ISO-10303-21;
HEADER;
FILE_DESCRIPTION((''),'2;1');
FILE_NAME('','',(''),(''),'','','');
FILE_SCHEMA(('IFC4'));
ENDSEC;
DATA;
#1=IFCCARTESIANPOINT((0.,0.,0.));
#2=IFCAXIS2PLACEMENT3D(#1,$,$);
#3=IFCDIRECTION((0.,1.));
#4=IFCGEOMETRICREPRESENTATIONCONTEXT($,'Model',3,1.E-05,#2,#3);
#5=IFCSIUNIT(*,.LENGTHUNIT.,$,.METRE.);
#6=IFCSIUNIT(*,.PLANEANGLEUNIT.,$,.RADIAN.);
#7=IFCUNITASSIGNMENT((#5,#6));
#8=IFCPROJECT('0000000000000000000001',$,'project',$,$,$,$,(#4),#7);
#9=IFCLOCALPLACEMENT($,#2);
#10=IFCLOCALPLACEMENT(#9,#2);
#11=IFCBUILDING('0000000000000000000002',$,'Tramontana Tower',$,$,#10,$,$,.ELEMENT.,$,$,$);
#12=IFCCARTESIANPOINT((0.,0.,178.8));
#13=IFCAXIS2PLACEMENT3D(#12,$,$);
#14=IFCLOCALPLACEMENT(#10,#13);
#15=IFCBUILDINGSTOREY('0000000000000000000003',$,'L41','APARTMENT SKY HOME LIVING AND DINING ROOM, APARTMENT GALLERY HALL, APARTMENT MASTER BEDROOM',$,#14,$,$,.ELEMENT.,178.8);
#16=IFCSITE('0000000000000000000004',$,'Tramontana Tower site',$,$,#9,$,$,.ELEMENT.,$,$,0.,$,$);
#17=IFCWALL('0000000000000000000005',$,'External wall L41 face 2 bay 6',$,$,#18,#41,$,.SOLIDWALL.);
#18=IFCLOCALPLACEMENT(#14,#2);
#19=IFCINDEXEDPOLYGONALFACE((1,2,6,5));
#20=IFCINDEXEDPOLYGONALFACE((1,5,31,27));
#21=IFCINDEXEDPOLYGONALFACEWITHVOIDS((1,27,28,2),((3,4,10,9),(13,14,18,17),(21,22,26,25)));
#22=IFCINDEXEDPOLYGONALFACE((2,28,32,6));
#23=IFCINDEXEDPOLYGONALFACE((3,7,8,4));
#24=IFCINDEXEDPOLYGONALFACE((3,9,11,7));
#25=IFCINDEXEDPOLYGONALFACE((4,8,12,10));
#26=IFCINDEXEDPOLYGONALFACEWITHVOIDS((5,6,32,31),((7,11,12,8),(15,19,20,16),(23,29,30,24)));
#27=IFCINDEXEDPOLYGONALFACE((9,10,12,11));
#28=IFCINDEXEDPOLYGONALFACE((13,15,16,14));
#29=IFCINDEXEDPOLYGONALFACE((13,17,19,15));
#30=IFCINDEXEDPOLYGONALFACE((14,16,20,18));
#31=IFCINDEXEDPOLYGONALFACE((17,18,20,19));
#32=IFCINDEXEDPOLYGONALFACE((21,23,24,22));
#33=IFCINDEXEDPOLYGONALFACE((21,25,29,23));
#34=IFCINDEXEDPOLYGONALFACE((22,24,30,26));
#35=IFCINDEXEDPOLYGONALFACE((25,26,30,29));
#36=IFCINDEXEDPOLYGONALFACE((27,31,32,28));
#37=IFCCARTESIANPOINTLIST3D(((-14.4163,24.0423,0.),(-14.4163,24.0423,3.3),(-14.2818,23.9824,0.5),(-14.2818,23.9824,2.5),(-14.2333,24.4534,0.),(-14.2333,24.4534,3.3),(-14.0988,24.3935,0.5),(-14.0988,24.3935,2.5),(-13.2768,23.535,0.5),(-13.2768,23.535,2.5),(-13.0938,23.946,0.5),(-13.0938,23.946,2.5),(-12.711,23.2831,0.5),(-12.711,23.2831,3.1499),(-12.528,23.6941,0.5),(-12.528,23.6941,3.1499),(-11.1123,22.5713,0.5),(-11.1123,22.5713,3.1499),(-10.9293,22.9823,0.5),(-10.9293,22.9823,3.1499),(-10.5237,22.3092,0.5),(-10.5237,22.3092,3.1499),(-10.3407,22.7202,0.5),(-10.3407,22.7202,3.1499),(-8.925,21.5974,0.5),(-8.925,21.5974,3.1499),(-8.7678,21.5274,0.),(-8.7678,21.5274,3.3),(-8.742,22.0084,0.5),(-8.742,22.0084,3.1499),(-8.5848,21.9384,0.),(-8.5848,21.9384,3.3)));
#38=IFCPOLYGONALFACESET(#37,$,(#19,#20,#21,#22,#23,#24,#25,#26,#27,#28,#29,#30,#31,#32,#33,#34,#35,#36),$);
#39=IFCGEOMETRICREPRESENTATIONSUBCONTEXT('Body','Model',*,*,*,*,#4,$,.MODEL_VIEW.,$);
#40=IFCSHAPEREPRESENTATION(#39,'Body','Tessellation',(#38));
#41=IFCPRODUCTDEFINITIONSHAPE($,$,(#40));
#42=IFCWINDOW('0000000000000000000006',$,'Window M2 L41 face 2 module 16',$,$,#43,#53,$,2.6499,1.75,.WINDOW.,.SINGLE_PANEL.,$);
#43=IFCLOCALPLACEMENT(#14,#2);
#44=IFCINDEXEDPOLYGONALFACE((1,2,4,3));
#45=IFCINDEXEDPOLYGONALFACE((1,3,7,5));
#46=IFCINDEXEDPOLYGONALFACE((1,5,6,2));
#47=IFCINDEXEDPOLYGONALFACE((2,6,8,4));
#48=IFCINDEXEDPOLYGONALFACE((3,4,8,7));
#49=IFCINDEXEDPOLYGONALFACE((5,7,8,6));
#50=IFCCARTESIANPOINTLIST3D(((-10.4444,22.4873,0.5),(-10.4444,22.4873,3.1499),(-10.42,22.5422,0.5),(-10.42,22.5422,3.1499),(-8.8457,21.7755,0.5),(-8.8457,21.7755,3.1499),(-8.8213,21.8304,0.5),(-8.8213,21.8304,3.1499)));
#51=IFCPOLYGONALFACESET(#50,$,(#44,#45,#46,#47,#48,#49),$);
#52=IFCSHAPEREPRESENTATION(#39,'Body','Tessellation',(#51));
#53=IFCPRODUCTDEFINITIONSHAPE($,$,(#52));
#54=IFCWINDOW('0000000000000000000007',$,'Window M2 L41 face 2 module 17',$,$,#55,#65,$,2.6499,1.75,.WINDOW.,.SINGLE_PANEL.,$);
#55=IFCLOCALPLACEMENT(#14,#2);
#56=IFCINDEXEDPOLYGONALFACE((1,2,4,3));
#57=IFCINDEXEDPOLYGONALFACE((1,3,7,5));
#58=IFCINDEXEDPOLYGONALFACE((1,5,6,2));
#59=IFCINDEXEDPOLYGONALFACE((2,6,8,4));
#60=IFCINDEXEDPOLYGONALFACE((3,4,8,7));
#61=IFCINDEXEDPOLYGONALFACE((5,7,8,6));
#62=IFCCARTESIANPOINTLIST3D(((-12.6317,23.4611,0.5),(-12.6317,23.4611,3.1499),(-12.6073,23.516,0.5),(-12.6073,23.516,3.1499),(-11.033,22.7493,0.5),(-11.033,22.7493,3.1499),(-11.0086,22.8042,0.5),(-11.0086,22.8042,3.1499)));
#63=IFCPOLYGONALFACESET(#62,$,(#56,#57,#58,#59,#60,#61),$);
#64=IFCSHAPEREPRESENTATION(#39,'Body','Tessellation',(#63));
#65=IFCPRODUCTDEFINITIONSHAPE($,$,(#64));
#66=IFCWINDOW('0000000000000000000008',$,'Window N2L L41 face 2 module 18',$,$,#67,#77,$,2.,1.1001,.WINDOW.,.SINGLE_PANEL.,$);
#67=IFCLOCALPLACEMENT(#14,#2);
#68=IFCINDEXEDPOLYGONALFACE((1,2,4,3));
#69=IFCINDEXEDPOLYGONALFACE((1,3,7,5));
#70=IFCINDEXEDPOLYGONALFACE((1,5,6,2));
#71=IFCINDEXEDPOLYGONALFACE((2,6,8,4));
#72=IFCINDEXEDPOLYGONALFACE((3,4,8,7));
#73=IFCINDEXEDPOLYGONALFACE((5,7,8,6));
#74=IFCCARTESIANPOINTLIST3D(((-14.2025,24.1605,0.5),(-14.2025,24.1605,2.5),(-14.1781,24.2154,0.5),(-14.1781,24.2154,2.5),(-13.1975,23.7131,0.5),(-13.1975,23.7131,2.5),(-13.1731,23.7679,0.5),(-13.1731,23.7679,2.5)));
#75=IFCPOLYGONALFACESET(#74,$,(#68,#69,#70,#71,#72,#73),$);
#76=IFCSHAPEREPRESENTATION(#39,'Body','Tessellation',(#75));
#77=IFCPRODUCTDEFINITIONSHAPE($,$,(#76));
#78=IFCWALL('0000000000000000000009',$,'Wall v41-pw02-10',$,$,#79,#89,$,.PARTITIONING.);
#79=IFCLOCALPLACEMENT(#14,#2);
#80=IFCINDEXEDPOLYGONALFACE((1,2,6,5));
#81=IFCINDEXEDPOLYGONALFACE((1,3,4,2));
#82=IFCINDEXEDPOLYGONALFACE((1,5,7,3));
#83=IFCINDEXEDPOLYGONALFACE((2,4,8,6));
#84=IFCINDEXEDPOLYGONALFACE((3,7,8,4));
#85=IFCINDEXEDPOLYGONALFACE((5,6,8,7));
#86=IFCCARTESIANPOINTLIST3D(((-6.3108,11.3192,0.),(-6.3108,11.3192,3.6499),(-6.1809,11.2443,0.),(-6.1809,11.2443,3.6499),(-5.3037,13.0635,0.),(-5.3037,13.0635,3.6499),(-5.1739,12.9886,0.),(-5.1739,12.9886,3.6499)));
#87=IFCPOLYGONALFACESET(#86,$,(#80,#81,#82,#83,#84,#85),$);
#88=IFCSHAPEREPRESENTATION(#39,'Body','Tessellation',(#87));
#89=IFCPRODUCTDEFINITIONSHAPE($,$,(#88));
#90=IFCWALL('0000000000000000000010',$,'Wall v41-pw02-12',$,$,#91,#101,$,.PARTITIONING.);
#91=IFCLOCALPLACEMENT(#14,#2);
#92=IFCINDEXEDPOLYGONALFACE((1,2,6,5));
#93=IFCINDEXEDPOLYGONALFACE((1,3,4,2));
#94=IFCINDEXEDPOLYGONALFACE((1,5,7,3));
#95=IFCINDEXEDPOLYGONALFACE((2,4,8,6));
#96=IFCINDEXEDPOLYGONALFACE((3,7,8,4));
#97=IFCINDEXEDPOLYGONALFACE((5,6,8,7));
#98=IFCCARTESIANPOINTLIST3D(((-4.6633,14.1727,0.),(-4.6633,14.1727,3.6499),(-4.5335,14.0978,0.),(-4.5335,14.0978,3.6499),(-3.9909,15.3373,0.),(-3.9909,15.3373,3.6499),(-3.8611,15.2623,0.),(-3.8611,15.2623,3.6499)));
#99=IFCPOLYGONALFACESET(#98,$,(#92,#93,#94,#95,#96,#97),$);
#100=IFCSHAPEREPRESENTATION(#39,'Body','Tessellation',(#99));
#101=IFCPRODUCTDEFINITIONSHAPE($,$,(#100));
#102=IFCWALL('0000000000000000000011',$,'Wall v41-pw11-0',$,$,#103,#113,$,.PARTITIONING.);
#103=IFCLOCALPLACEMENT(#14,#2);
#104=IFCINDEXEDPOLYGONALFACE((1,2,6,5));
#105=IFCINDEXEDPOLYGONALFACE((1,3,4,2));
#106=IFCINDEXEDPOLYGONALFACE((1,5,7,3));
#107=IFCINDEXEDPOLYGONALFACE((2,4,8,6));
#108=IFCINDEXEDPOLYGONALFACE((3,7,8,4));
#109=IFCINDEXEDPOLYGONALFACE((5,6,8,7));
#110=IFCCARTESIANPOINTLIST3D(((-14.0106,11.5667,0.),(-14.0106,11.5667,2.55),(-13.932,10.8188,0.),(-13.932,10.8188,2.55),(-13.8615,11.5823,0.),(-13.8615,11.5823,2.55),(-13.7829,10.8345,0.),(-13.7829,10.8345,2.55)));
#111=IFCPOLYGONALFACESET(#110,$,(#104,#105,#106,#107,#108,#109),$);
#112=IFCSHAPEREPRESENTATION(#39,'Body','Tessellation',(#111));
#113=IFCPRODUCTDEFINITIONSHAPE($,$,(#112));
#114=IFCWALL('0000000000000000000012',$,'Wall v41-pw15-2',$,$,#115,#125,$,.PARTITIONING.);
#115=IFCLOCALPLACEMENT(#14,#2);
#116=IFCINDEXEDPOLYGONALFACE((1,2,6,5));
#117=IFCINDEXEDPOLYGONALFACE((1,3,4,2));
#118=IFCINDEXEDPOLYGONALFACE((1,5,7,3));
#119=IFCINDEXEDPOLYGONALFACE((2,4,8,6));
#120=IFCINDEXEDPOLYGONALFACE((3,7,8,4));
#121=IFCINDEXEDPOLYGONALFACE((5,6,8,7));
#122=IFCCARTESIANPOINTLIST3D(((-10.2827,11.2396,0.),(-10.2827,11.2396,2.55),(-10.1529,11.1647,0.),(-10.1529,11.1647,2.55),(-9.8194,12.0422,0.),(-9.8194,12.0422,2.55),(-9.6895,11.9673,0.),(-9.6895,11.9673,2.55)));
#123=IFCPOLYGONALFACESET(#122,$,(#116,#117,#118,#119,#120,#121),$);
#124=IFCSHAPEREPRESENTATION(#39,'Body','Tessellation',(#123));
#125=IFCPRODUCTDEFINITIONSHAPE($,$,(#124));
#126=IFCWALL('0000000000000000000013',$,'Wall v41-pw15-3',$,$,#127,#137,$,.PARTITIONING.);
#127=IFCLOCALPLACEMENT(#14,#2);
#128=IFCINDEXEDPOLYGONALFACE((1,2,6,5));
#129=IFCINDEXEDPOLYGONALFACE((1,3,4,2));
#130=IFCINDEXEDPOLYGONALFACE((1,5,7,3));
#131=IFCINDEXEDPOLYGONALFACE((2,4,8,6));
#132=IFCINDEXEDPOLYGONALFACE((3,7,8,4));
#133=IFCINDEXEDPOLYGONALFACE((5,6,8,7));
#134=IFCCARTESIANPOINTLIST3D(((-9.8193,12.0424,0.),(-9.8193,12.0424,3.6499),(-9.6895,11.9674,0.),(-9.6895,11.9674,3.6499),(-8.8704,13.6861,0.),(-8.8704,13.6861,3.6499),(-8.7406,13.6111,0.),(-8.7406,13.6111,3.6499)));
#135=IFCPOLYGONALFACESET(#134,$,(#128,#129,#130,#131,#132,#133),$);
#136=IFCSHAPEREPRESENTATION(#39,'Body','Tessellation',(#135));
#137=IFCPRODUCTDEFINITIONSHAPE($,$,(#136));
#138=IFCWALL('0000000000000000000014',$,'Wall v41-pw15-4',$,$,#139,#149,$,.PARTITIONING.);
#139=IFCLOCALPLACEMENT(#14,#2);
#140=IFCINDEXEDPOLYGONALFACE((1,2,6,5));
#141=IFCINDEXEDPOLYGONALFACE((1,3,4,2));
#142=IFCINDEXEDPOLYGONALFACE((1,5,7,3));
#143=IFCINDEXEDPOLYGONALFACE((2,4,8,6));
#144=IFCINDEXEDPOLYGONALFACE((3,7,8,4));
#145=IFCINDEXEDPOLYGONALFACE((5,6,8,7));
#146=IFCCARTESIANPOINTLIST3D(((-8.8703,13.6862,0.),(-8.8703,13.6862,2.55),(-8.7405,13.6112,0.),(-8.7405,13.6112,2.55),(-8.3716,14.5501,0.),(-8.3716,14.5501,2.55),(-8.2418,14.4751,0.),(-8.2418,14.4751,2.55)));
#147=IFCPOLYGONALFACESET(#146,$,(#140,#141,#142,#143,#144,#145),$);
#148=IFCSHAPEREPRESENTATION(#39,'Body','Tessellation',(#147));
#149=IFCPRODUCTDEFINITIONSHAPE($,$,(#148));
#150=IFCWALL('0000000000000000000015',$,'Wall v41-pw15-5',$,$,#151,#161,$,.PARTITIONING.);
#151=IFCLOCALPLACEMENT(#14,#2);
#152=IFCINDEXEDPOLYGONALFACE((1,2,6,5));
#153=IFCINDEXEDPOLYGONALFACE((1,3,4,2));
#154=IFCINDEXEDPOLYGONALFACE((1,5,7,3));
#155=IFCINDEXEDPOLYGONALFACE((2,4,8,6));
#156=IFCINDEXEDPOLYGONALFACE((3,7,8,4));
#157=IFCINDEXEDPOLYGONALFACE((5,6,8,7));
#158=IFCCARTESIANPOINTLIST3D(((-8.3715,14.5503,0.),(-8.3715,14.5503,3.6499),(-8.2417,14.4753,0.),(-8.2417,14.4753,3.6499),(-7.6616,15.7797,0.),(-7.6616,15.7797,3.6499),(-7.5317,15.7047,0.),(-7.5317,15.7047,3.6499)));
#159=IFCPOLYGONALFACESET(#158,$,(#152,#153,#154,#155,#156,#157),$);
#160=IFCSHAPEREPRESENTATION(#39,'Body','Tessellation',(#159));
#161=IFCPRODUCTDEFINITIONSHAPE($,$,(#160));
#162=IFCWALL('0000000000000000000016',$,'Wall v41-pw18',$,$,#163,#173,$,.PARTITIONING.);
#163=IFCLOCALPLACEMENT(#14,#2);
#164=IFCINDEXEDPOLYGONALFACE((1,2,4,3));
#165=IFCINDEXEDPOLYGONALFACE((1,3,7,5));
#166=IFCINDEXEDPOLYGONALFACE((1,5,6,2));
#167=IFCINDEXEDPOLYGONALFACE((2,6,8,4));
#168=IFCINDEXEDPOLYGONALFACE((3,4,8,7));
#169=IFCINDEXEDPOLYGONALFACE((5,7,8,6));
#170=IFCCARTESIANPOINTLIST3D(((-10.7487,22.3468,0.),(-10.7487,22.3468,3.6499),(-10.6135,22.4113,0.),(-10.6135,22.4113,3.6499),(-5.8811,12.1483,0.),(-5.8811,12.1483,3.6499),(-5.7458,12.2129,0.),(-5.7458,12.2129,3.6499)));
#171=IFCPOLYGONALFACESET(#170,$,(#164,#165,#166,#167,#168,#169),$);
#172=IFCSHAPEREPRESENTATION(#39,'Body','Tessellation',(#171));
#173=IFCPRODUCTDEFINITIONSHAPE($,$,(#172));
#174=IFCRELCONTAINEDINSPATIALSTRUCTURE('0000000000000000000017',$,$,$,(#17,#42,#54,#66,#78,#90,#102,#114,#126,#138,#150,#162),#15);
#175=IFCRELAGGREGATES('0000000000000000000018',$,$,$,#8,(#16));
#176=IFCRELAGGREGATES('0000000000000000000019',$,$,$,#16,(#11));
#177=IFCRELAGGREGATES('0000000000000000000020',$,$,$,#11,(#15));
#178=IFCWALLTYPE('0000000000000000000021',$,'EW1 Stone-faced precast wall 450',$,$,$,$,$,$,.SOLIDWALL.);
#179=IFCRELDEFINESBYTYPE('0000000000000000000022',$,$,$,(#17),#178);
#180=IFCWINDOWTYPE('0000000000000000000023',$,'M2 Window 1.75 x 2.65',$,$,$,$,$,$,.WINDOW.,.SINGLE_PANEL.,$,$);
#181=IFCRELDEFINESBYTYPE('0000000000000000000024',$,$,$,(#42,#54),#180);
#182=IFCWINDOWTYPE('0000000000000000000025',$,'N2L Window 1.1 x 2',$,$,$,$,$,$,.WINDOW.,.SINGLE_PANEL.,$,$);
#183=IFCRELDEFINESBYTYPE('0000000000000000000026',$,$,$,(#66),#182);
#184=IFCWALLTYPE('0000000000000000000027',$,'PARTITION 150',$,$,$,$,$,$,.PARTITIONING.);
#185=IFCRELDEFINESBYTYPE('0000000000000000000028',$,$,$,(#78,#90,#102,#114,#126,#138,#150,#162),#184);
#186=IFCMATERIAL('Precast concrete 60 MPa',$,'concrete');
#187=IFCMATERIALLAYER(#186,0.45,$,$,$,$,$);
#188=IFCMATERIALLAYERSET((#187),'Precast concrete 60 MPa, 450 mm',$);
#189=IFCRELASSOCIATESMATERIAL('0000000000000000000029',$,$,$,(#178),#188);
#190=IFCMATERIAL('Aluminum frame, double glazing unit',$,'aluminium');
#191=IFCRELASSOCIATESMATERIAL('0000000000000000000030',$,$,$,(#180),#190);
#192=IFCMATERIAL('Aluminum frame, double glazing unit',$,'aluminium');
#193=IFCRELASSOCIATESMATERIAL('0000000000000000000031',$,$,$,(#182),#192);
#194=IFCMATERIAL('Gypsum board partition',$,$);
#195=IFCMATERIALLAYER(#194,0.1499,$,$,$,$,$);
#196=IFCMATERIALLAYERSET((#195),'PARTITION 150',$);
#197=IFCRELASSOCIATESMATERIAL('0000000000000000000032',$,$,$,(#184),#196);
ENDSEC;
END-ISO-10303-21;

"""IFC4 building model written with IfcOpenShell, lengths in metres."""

from ifc_helpers import new_model, si_unit, direction, frame, frame_2d, origin, place, context, subcontext, project, spatial, rectangle, extrude, material, layer, layer_set, type_object, element, fill, save


model = new_model("IFC4")

# Units and contexts
model_context = context("Model", 3, precision=1e-05, world=origin(), true_north=direction((0.0, 1.0)))
body_context = subcontext(model_context, "Body", "Model", "MODEL_VIEW")
ifc_project = project(units=[si_unit("LENGTHUNIT", "METRE"), si_unit("PLANEANGLEUNIT", "RADIAN")], contexts=[model_context])

# Site, building, storey
site_placement = place(None, origin())
site = spatial("IfcSite", under=ifc_project, at=site_placement, Name="Tramontana Tower site", CompositionType="ELEMENT", RefElevation=0.0)
building_placement = place(site_placement, origin())
building = spatial("IfcBuilding", under=site, at=building_placement, Name="Tramontana Tower", CompositionType="ELEMENT")
storey_placement = place(building_placement, frame((0.0, 0.0, 178.8)))
storey = spatial("IfcBuildingStorey", under=building, at=storey_placement, Name="L41", Description="APARTMENT SKY HOME LIVING AND DINING ROOM, APARTMENT GALLERY HALL, APARTMENT MASTER BEDROOM", CompositionType="ELEMENT", Elevation=178.8)

# Wall, openings, windows
ifc_material_1 = material(Name="Precast concrete 60 MPa", Category="concrete")
ifc_layer_1 = layer(ifc_material_1, 0.45)
ifc_layer_set_1 = layer_set([ifc_layer_1], Name="Precast concrete 60 MPa, 450 mm")
wall_type_1 = type_object("IfcWallType", Name="EW1 Stone-faced precast wall 450", PredefinedType="SOLIDWALL", material=ifc_layer_set_1)
ifc_material_2 = material(Name="Aluminum frame, double glazing unit", Category="aluminium")
window_type_1 = type_object("IfcWindowType", Name="M2 Window 1.75 x 2.65", PartitioningType="SINGLE_PANEL", PredefinedType="WINDOW", material=ifc_material_2)
wall_1_placement = place(storey_placement, frame((-8.6763, 21.7329, 0.0), z_axis=(0.0, 0.0, 1.0), x_axis=(-0.913543, 0.406743, 0.0)))
wall_1 = element("IfcWall", 1, at=wall_1_placement, inside=storey, type_object=wall_type_1, Name="External wall L41 face 2 bay 6", PredefinedType="SOLIDWALL", context=body_context, shape_type="SweptSolid", body=[
    extrude(rectangle(XDim=6.1831, YDim=0.45, at=frame_2d((3.0916, 0.0))), origin(), (0.0, 0.0, 1.0), 3.3),
])
opening_1_placement = place(wall_1_placement, frame((0.1721, 0.0, 0.5)))
opening_1 = element("IfcOpeningElement", 2, at=opening_1_placement, cuts=wall_1, PredefinedType="OPENING", context=body_context, shape_type="SweptSolid", body=[
    extrude(rectangle(XDim=1.75, YDim=2.6499, at=frame_2d((0.875, 1.325))), frame((0.0, 0.2349, 0.0), z_axis=(0.0, -1.0, 0.0), x_axis=(1.0, 0.0, 0.0)), (0.0, 0.0, 1.0), 0.47),
])
opening_2_placement = place(wall_1_placement, frame((2.5664, 0.0, 0.5)))
opening_2 = element("IfcOpeningElement", 3, at=opening_2_placement, cuts=wall_1, PredefinedType="OPENING", context=body_context, shape_type="SweptSolid", body=[
    extrude(rectangle(XDim=1.75, YDim=2.6499, at=frame_2d((0.875, 1.325))), frame((0.0, 0.2349, 0.0), z_axis=(0.0, -1.0, 0.0), x_axis=(1.0, 0.0, 0.0)), (0.0, 0.0, 1.0), 0.47),
])
opening_3_placement = place(wall_1_placement, frame((4.9358, 0.0, 0.5)))
opening_3 = element("IfcOpeningElement", 4, at=opening_3_placement, cuts=wall_1, PredefinedType="OPENING", context=body_context, shape_type="SweptSolid", body=[
    extrude(rectangle(XDim=1.1001, YDim=2.0, at=frame_2d((0.55, 1.0))), frame((0.0, 0.2349, 0.0), z_axis=(0.0, -1.0, 0.0), x_axis=(1.0, 0.0, 0.0)), (0.0, 0.0, 1.0), 0.47),
])
window_1_placement = place(opening_1_placement, origin())
window_1 = element("IfcWindow", 5, at=window_1_placement, inside=storey, type_object=window_type_1, Name="Window M2 L41 face 2 module 16", OverallHeight=2.6499, OverallWidth=1.75, PartitioningType="SINGLE_PANEL", PredefinedType="WINDOW", context=body_context, shape_type="SweptSolid", body=[
    extrude(rectangle(XDim=1.75, YDim=2.6499, at=frame_2d((0.875, 1.325))), frame((0.0, 0.03, 0.0), z_axis=(0.0, -1.0, 0.0), x_axis=(1.0, 0.0, 0.0)), (0.0, 0.0, 1.0), 0.0601),
])
fill(opening_1, window_1)
window_2_placement = place(opening_2_placement, origin())
window_2 = element("IfcWindow", 6, at=window_2_placement, inside=storey, type_object=window_type_1, Name="Window M2 L41 face 2 module 17", OverallHeight=2.6499, OverallWidth=1.75, PartitioningType="SINGLE_PANEL", PredefinedType="WINDOW", context=body_context, shape_type="SweptSolid", body=[
    extrude(rectangle(XDim=1.75, YDim=2.6499, at=frame_2d((0.875, 1.325))), frame((0.0, 0.03, 0.0), z_axis=(0.0, -1.0, 0.0), x_axis=(1.0, 0.0, 0.0)), (0.0, 0.0, 1.0), 0.0601),
])
fill(opening_2, window_2)
ifc_material_3 = material(Name="Aluminum frame, double glazing unit", Category="aluminium")
window_type_2 = type_object("IfcWindowType", Name="N2L Window 1.1 x 2", PartitioningType="SINGLE_PANEL", PredefinedType="WINDOW", material=ifc_material_3)
window_3_placement = place(opening_3_placement, origin())
window_3 = element("IfcWindow", 7, at=window_3_placement, inside=storey, type_object=window_type_2, Name="Window N2L L41 face 2 module 18", OverallHeight=2.0, OverallWidth=1.1001, PartitioningType="SINGLE_PANEL", PredefinedType="WINDOW", context=body_context, shape_type="SweptSolid", body=[
    extrude(rectangle(XDim=1.1001, YDim=2.0, at=frame_2d((0.55, 1.0))), frame((0.0, 0.03, 0.0), z_axis=(0.0, -1.0, 0.0), x_axis=(1.0, 0.0, 0.0)), (0.0, 0.0, 1.0), 0.0601),
])
fill(opening_3, window_3)

# Wall
ifc_material_4 = material(Name="Gypsum board partition")
ifc_layer_2 = layer(ifc_material_4, 0.1499)
ifc_layer_set_2 = layer_set([ifc_layer_2], Name="PARTITION 150")
wall_type_2 = type_object("IfcWallType", Name="PARTITION 150", PredefinedType="PARTITIONING", material=ifc_layer_set_2)
wall_2_placement = place(storey_placement, frame((-6.2458, 11.2817, 0.0), z_axis=(0.0, 0.0, 1.0), x_axis=(0.499985, 0.866034, 0.0)))
element("IfcWall", 8, at=wall_2_placement, inside=storey, type_object=wall_type_2, Name="Wall v41-pw02-10", PredefinedType="PARTITIONING", context=body_context, shape_type="SweptSolid", body=[
    extrude(rectangle(XDim=2.0142, YDim=0.1499, at=frame_2d((1.0071, 0.0))), origin(), (0.0, 0.0, 1.0), 3.6499),
])

# Walls
wall_3_placement = place(storey_placement, frame((-4.5984, 14.1353, 0.0), z_axis=(0.0, 0.0, 1.0), x_axis=(0.500005, 0.866022, 0.0)))
element("IfcWall", 9, at=wall_3_placement, inside=storey, type_object=wall_type_2, Name="Wall v41-pw02-12", PredefinedType="PARTITIONING", context=body_context, shape_type="SweptSolid", body=[
    extrude(rectangle(XDim=1.3447, YDim=0.1499, at=frame_2d((0.6724, 0.0))), origin(), (0.0, 0.0, 1.0), 3.6499),
])
wall_4_placement = place(storey_placement, frame((-13.8574, 10.8267, 0.0), z_axis=(0.0, 0.0, 1.0), x_axis=(-0.10455, 0.99452, 0.0)))
element("IfcWall", 10, at=wall_4_placement, inside=storey, type_object=wall_type_2, Name="Wall v41-pw11-0", PredefinedType="PARTITIONING", context=body_context, shape_type="SweptSolid", body=[
    extrude(rectangle(XDim=0.752, YDim=0.1499, at=frame_2d((0.376, 0.0))), origin(), (0.0, 0.0, 1.0), 2.55),
])
wall_5_placement = place(storey_placement, frame((-10.2178, 11.2021, 0.0), z_axis=(0.0, 0.0, 1.0), x_axis=(0.499935, 0.866063, 0.0)))
element("IfcWall", 11, at=wall_5_placement, inside=storey, type_object=wall_type_2, Name="Wall v41-pw15-2", PredefinedType="PARTITIONING", context=body_context, shape_type="SweptSolid", body=[
    extrude(rectangle(XDim=0.9268, YDim=0.1499, at=frame_2d((0.4634, 0.0))), origin(), (0.0, 0.0, 1.0), 2.55),
])
wall_6_placement = place(storey_placement, frame((-9.7544, 12.0049, 0.0), z_axis=(0.0, 0.0, 1.0), x_axis=(0.499971, 0.866042, 0.0)))
element("IfcWall", 12, at=wall_6_placement, inside=storey, type_object=wall_type_2, Name="Wall v41-pw15-3", PredefinedType="PARTITIONING", context=body_context, shape_type="SweptSolid", body=[
    extrude(rectangle(XDim=1.8979, YDim=0.1499, at=frame_2d((0.949, 0.0))), origin(), (0.0, 0.0, 1.0), 3.6499),
])
wall_7_placement = place(storey_placement, frame((-8.8054, 13.6487, 0.0), z_axis=(0.0, 0.0, 1.0), x_axis=(0.499955, 0.866051, 0.0)))
element("IfcWall", 13, at=wall_7_placement, inside=storey, type_object=wall_type_2, Name="Wall v41-pw15-4", PredefinedType="PARTITIONING", context=body_context, shape_type="SweptSolid", body=[
    extrude(rectangle(XDim=0.9976, YDim=0.1499, at=frame_2d((0.4988, 0.0))), origin(), (0.0, 0.0, 1.0), 2.55),
])
wall_8_placement = place(storey_placement, frame((-8.3066, 14.5127, 0.0), z_axis=(0.0, 0.0, 1.0), x_axis=(0.50006, 0.865991, 0.0)))
element("IfcWall", 14, at=wall_8_placement, inside=storey, type_object=wall_type_2, Name="Wall v41-pw15-5", PredefinedType="PARTITIONING", context=body_context, shape_type="SweptSolid", body=[
    extrude(rectangle(XDim=1.4197, YDim=0.1499, at=frame_2d((0.71, 0.0))), origin(), (0.0, 0.0, 1.0), 3.6499),
])
wall_9_placement = place(storey_placement, frame((-10.6812, 22.3792, 0.0), z_axis=(0.0, 0.0, 1.0), x_axis=(0.430745, -0.902474, 0.0)))
element("IfcWall", 15, at=wall_9_placement, inside=storey, type_object=wall_type_2, Name="Wall v41-pw18", PredefinedType="PARTITIONING", context=body_context, shape_type="SweptSolid", body=[
    extrude(rectangle(XDim=11.3005, YDim=0.1499, at=frame_2d((5.6504, 0.0))), origin(), (0.0, 0.0, 1.0), 3.6499),
])

save(model, "model.ifc")
